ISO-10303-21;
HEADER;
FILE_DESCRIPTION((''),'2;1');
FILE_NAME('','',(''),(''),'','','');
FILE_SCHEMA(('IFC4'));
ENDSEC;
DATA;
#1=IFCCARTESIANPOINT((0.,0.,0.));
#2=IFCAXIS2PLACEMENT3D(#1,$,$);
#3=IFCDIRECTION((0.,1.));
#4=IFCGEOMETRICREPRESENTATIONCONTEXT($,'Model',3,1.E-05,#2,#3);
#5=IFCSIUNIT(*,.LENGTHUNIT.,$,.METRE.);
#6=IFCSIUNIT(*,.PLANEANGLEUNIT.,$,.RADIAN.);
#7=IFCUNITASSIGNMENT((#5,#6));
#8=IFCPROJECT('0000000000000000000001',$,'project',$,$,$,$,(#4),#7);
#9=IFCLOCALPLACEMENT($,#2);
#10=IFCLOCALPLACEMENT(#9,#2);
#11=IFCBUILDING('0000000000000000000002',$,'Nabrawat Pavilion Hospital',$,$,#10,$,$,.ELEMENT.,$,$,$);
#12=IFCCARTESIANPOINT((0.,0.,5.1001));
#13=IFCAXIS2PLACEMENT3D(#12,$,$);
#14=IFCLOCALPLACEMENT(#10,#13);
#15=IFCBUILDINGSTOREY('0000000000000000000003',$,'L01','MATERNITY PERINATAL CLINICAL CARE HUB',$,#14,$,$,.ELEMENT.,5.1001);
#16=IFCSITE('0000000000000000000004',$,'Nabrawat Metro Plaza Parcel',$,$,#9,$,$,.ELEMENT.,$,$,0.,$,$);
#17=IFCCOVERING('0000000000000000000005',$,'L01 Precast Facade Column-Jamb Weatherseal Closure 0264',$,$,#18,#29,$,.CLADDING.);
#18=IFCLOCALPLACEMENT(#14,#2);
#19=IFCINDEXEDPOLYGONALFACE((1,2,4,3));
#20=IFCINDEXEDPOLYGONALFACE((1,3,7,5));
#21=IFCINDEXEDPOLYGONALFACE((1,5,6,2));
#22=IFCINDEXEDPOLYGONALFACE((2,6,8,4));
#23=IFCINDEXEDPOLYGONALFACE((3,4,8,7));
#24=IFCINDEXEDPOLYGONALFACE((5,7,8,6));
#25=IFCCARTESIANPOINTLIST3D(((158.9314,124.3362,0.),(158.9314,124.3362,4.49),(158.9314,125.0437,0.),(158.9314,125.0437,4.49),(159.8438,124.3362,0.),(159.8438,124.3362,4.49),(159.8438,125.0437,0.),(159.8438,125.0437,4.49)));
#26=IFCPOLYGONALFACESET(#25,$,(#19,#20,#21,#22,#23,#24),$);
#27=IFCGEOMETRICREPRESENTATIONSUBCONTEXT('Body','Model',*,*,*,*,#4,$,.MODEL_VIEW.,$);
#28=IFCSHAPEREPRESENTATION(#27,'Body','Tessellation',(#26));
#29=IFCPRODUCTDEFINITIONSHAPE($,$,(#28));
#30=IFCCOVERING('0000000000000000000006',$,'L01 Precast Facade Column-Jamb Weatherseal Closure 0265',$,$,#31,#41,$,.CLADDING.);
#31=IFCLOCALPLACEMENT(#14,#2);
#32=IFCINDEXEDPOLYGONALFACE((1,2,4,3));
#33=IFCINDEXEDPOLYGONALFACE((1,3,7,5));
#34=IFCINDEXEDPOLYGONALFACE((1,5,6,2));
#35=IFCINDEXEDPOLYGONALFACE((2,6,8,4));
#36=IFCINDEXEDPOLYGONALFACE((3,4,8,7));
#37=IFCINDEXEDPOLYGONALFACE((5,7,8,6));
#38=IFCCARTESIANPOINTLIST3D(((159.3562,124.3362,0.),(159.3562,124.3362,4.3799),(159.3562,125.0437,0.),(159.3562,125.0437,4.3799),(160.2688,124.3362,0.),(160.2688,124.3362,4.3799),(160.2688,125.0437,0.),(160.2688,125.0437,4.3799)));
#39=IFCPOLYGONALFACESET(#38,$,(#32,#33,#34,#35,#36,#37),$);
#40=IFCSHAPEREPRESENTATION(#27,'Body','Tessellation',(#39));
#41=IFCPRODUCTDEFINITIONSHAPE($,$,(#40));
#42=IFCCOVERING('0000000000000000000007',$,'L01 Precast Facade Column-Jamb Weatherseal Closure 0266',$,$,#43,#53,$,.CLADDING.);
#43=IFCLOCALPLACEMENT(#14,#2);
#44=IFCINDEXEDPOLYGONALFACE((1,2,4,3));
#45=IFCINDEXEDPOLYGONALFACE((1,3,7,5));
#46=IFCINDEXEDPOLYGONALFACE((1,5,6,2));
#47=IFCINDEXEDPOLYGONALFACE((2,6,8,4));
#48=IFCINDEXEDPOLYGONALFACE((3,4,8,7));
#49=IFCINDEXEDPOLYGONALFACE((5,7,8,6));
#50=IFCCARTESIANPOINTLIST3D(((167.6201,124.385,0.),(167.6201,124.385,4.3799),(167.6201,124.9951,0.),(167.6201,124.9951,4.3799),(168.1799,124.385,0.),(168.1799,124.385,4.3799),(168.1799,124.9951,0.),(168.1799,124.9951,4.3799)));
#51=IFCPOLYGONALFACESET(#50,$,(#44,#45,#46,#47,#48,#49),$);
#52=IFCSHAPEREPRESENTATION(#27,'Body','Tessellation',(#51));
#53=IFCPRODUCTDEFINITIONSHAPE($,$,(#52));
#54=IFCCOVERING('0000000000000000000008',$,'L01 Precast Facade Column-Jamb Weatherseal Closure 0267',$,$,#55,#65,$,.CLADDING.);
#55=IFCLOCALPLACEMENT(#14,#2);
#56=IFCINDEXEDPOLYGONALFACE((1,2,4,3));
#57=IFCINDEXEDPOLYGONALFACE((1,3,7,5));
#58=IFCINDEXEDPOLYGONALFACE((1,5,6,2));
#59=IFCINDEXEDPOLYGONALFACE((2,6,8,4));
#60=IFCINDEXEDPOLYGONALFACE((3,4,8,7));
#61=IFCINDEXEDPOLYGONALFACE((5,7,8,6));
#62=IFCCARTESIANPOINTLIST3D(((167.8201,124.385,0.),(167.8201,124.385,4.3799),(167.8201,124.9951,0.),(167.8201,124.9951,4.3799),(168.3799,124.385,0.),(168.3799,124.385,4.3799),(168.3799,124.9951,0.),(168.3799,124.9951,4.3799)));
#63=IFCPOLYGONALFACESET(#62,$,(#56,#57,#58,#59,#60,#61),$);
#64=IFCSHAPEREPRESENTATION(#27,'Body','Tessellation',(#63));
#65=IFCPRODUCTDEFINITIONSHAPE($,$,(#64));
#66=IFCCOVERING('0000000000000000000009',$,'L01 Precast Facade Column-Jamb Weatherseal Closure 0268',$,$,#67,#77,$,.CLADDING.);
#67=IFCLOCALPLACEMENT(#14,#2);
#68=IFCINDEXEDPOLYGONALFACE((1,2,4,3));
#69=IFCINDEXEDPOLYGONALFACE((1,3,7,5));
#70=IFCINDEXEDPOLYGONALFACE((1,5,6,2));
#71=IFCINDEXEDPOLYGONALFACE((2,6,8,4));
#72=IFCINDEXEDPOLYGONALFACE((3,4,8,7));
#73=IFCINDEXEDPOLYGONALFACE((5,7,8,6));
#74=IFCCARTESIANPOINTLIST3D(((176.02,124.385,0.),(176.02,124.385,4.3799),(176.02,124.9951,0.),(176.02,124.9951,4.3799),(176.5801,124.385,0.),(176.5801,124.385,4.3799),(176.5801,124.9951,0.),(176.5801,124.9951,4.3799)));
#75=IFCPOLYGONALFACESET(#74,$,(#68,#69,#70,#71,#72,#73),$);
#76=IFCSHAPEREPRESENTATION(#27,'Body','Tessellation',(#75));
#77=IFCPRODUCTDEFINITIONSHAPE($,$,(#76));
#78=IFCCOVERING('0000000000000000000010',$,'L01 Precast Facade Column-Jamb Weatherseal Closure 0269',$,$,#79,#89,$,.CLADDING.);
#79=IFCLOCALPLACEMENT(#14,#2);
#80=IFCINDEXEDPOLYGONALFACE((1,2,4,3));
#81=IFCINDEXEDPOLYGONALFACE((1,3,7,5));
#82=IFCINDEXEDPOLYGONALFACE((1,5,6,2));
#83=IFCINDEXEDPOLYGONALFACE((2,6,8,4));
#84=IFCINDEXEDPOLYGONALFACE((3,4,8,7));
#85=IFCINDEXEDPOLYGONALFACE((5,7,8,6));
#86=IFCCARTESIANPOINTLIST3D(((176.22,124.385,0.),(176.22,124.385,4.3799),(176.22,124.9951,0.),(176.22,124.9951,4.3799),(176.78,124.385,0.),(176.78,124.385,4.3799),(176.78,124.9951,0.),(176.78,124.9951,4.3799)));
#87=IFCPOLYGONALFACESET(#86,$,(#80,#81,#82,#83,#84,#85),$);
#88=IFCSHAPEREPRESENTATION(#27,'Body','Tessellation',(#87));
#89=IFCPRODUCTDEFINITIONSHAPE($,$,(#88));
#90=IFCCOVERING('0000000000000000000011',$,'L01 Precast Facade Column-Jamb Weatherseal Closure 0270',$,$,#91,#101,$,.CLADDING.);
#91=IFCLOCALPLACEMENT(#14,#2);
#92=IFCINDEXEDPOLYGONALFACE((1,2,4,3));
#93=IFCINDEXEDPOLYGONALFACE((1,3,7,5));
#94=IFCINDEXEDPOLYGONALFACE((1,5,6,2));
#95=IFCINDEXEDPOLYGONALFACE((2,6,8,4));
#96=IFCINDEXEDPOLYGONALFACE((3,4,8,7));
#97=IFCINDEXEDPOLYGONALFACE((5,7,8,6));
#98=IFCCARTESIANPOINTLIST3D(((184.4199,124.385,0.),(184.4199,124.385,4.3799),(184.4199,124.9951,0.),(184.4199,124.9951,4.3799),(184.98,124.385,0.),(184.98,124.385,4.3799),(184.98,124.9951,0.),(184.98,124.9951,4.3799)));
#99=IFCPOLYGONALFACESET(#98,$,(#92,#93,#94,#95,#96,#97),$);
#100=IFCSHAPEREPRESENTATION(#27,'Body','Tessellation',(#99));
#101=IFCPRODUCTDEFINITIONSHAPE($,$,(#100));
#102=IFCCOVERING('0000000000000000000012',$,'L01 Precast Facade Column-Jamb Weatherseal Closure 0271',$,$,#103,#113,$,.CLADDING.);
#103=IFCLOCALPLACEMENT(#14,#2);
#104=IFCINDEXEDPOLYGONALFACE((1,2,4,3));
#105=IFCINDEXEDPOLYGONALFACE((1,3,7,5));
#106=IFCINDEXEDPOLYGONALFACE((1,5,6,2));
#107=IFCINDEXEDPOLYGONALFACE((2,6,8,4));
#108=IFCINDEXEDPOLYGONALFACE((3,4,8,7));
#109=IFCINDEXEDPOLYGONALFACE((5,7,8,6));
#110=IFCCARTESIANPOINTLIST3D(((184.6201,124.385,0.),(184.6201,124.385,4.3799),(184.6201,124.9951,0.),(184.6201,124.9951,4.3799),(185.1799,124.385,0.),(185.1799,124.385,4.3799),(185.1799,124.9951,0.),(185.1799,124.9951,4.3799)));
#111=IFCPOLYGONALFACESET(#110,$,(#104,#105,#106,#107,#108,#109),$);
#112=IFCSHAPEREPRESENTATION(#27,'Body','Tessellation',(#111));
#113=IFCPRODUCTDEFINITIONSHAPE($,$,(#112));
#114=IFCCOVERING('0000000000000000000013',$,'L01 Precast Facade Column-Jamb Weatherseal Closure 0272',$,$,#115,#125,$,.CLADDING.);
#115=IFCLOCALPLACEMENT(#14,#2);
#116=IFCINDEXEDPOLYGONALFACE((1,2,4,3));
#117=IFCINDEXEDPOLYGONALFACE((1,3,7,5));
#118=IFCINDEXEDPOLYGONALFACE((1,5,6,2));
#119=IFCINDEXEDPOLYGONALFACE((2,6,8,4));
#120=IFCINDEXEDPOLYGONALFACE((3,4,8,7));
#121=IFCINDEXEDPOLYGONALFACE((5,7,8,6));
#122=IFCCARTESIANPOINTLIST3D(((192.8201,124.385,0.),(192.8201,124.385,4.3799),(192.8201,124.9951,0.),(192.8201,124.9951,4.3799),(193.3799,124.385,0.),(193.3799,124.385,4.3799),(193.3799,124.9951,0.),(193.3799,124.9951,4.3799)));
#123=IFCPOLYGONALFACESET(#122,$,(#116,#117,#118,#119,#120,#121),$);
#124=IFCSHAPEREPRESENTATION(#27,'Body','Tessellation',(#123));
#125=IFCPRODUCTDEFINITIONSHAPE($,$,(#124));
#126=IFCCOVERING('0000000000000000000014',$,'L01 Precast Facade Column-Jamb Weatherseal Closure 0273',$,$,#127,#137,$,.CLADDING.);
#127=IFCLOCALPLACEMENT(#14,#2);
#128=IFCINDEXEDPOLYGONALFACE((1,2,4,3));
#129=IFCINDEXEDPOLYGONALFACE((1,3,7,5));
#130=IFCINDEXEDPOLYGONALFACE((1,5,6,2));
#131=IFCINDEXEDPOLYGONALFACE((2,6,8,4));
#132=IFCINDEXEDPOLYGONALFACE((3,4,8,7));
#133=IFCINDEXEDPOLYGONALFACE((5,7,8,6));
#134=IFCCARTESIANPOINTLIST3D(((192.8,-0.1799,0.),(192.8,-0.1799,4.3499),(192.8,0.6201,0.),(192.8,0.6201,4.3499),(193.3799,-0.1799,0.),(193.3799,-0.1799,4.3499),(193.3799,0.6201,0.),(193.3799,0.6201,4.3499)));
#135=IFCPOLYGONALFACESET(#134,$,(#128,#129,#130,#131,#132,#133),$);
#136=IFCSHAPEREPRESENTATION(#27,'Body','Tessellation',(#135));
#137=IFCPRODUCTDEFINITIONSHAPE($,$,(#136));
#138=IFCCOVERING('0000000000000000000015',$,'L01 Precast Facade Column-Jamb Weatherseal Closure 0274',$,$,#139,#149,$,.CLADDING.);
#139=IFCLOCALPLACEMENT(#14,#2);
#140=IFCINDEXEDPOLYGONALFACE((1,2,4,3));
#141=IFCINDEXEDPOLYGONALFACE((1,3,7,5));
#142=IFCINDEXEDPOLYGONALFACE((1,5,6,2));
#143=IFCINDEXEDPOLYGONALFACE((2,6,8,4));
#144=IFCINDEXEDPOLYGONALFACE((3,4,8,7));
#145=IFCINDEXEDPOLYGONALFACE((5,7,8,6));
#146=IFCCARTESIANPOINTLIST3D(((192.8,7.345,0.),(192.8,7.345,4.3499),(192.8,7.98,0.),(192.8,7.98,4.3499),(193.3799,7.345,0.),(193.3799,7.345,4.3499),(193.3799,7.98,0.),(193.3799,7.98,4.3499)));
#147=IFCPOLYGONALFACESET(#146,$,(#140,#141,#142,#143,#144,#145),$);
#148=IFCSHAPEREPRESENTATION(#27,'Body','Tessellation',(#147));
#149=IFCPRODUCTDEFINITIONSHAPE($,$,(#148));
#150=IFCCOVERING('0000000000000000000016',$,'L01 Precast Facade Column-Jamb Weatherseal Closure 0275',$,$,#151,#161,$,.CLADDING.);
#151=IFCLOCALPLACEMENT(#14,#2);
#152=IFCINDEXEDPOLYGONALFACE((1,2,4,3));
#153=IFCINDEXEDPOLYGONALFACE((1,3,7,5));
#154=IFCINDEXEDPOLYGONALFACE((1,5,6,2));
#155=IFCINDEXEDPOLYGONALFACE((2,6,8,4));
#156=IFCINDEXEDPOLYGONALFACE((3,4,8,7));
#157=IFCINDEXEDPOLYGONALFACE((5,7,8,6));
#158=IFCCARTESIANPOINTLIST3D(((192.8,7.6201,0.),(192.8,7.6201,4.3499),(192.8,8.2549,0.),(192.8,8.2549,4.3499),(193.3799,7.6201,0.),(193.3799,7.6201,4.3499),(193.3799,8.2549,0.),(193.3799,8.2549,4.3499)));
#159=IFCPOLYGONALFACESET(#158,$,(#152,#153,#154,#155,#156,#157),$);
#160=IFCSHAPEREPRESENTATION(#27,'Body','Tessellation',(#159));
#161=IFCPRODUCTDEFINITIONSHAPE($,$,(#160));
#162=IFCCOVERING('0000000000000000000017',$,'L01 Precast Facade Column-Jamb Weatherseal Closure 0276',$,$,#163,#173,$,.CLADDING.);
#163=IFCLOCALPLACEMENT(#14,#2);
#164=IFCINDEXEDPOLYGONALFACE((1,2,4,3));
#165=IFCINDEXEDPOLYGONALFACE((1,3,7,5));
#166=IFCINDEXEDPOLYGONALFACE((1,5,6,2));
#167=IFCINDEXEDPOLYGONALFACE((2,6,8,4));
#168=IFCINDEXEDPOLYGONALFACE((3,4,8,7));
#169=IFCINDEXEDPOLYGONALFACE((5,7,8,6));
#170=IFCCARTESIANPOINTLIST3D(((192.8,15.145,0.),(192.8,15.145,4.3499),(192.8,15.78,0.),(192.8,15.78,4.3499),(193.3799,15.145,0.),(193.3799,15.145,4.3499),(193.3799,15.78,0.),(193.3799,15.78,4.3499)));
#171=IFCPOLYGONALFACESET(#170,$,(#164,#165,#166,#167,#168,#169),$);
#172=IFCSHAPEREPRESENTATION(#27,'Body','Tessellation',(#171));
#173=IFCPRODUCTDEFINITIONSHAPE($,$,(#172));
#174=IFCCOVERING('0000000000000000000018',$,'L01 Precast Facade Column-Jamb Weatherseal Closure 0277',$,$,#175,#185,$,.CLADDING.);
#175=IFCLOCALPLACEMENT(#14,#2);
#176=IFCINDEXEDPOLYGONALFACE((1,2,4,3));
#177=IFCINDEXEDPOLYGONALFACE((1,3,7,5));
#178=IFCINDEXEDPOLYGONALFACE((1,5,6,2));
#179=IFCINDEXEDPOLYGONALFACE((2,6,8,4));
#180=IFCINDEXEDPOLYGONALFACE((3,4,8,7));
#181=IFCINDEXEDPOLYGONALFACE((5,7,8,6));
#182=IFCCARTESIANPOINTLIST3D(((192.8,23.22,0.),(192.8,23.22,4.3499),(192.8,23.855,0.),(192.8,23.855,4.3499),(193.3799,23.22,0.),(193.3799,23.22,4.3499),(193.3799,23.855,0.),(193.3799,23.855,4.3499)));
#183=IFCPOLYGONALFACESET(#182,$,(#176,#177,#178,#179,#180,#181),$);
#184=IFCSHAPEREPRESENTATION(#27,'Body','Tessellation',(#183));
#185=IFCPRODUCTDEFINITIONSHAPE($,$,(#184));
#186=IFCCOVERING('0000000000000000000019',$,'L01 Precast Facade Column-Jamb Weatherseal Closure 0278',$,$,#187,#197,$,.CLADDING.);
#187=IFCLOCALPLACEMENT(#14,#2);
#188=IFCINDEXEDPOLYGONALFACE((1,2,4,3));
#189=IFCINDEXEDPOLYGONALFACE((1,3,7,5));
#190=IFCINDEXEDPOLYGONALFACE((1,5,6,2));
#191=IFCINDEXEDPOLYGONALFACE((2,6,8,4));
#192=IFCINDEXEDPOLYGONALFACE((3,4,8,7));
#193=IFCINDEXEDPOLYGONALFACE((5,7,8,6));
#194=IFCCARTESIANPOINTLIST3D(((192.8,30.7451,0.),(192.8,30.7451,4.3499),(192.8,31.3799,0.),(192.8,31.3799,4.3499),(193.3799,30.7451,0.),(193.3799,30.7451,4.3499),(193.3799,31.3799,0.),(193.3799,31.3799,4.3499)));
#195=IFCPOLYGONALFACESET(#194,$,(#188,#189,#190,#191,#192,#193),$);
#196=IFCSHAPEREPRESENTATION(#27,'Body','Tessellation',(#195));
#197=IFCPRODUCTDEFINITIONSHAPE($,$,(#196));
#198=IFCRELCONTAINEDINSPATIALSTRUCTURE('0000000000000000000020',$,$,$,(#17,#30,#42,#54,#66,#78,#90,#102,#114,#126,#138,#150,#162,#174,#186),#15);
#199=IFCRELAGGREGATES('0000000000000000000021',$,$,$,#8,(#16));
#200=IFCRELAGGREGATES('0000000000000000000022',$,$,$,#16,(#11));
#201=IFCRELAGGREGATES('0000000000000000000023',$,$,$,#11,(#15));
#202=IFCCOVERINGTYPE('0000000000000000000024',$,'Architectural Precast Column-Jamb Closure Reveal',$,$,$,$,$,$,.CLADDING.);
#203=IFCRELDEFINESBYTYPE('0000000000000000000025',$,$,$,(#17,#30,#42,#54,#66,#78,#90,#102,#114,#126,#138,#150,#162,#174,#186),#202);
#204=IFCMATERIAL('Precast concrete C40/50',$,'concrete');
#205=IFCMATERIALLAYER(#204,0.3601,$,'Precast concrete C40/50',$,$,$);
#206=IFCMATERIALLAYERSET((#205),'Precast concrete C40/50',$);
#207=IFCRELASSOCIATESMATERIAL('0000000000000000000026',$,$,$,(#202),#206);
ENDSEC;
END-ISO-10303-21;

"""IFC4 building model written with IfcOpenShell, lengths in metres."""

from ifc_helpers import new_model, si_unit, direction, frame, origin, place, context, subcontext, project, spatial, polyline, outline, extrude, material, layer, layer_set, type_object, element, save


model = new_model("IFC4")

# Units and contexts
model_context = context("Model", 3, precision=1e-05, world=origin(), true_north=direction((0.0, 1.0)))
body_context = subcontext(model_context, "Body", "Model", "MODEL_VIEW")
ifc_project = project(units=[si_unit("LENGTHUNIT", "METRE"), si_unit("PLANEANGLEUNIT", "RADIAN")], contexts=[model_context])

# Site, building, storey
site_placement = place(None, origin())
site = spatial("IfcSite", under=ifc_project, at=site_placement, Name="Nabrawat Metro Plaza Parcel", CompositionType="ELEMENT", RefElevation=0.0)
building_placement = place(site_placement, origin())
building = spatial("IfcBuilding", under=site, at=building_placement, Name="Nabrawat Pavilion Hospital", CompositionType="ELEMENT")
storey_placement = place(building_placement, frame((0.0, 0.0, 5.1001)))
storey = spatial("IfcBuildingStorey", under=building, at=storey_placement, Name="L01", Description="MATERNITY PERINATAL CLINICAL CARE HUB", CompositionType="ELEMENT", Elevation=5.1001)

# Shared definitions
ifc_material_1 = material(Name="Precast concrete C40/50", Category="concrete")

# Coverings
ifc_layer_1 = layer(ifc_material_1, 0.3601, Name="Precast concrete C40/50")
ifc_layer_set_1 = layer_set([ifc_layer_1], Name="Precast concrete C40/50")
covering_type = type_object("IfcCoveringType", Name="Architectural Precast Column-Jamb Closure Reveal", PredefinedType="CLADDING", material=ifc_layer_set_1)
covering_1_placement = place(storey_placement, origin())
element("IfcCovering", 1, at=covering_1_placement, inside=storey, type_object=covering_type, Name="L01 Precast Facade Column-Jamb Weatherseal Closure 0264", PredefinedType="CLADDING", context=body_context, shape_type="SweptSolid", body=[
    extrude(outline(polyline([(159.8438, 124.3362), (159.8438, 125.0437), (158.9314, 125.0437), (158.9314, 124.3362), (159.8438, 124.3362)])), origin(), (0.0, 0.0, 1.0), 4.49),
])
covering_2_placement = place(storey_placement, origin())
element("IfcCovering", 2, at=covering_2_placement, inside=storey, type_object=covering_type, Name="L01 Precast Facade Column-Jamb Weatherseal Closure 0265", PredefinedType="CLADDING", context=body_context, shape_type="SweptSolid", body=[
    extrude(outline(polyline([(160.2688, 124.3362), (160.2688, 125.0437), (159.3562, 125.0437), (159.3562, 124.3362), (160.2688, 124.3362)])), origin(), (0.0, 0.0, 1.0), 4.3799),
])
covering_3_placement = place(storey_placement, origin())
element("IfcCovering", 3, at=covering_3_placement, inside=storey, type_object=covering_type, Name="L01 Precast Facade Column-Jamb Weatherseal Closure 0266", PredefinedType="CLADDING", context=body_context, shape_type="SweptSolid", body=[
    extrude(outline(polyline([(168.1799, 124.385), (168.1799, 124.9951), (167.6201, 124.9951), (167.6201, 124.385), (168.1799, 124.385)])), origin(), (0.0, 0.0, 1.0), 4.3799),
])
covering_4_placement = place(storey_placement, origin())
element("IfcCovering", 4, at=covering_4_placement, inside=storey, type_object=covering_type, Name="L01 Precast Facade Column-Jamb Weatherseal Closure 0267", PredefinedType="CLADDING", context=body_context, shape_type="SweptSolid", body=[
    extrude(outline(polyline([(168.3799, 124.385), (168.3799, 124.9951), (167.8201, 124.9951), (167.8201, 124.385), (168.3799, 124.385)])), origin(), (0.0, 0.0, 1.0), 4.3799),
])
covering_5_placement = place(storey_placement, origin())
element("IfcCovering", 5, at=covering_5_placement, inside=storey, type_object=covering_type, Name="L01 Precast Facade Column-Jamb Weatherseal Closure 0268", PredefinedType="CLADDING", context=body_context, shape_type="SweptSolid", body=[
    extrude(outline(polyline([(176.5801, 124.385), (176.5801, 124.9951), (176.02, 124.9951), (176.02, 124.385), (176.5801, 124.385)])), origin(), (0.0, 0.0, 1.0), 4.3799),
])
covering_6_placement = place(storey_placement, origin())
element("IfcCovering", 6, at=covering_6_placement, inside=storey, type_object=covering_type, Name="L01 Precast Facade Column-Jamb Weatherseal Closure 0269", PredefinedType="CLADDING", context=body_context, shape_type="SweptSolid", body=[
    extrude(outline(polyline([(176.78, 124.385), (176.78, 124.9951), (176.22, 124.9951), (176.22, 124.385), (176.78, 124.385)])), origin(), (0.0, 0.0, 1.0), 4.3799),
])
covering_7_placement = place(storey_placement, origin())
element("IfcCovering", 7, at=covering_7_placement, inside=storey, type_object=covering_type, Name="L01 Precast Facade Column-Jamb Weatherseal Closure 0270", PredefinedType="CLADDING", context=body_context, shape_type="SweptSolid", body=[
    extrude(outline(polyline([(184.98, 124.385), (184.98, 124.9951), (184.4199, 124.9951), (184.4199, 124.385), (184.98, 124.385)])), origin(), (0.0, 0.0, 1.0), 4.3799),
])
covering_8_placement = place(storey_placement, origin())
element("IfcCovering", 8, at=covering_8_placement, inside=storey, type_object=covering_type, Name="L01 Precast Facade Column-Jamb Weatherseal Closure 0271", PredefinedType="CLADDING", context=body_context, shape_type="SweptSolid", body=[
    extrude(outline(polyline([(185.1799, 124.385), (185.1799, 124.9951), (184.6201, 124.9951), (184.6201, 124.385), (185.1799, 124.385)])), origin(), (0.0, 0.0, 1.0), 4.3799),
])
covering_9_placement = place(storey_placement, origin())
element("IfcCovering", 9, at=covering_9_placement, inside=storey, type_object=covering_type, Name="L01 Precast Facade Column-Jamb Weatherseal Closure 0272", PredefinedType="CLADDING", context=body_context, shape_type="SweptSolid", body=[
    extrude(outline(polyline([(193.3799, 124.385), (193.3799, 124.9951), (192.8201, 124.9951), (192.8201, 124.385), (193.3799, 124.385)])), origin(), (0.0, 0.0, 1.0), 4.3799),
])
covering_10_placement = place(storey_placement, origin())
element("IfcCovering", 10, at=covering_10_placement, inside=storey, type_object=covering_type, Name="L01 Precast Facade Column-Jamb Weatherseal Closure 0273", PredefinedType="CLADDING", context=body_context, shape_type="SweptSolid", body=[
    extrude(outline(polyline([(193.3799, -0.1799), (193.3799, 0.6201), (192.8, 0.6201), (192.8, -0.1799), (193.3799, -0.1799)])), origin(), (0.0, 0.0, 1.0), 4.3499),
])
covering_11_placement = place(storey_placement, origin())
element("IfcCovering", 11, at=covering_11_placement, inside=storey, type_object=covering_type, Name="L01 Precast Facade Column-Jamb Weatherseal Closure 0274", PredefinedType="CLADDING", context=body_context, shape_type="SweptSolid", body=[
    extrude(outline(polyline([(193.3799, 7.345), (193.3799, 7.98), (192.8, 7.98), (192.8, 7.345), (193.3799, 7.345)])), origin(), (0.0, 0.0, 1.0), 4.3499),
])
covering_12_placement = place(storey_placement, origin())
element("IfcCovering", 12, at=covering_12_placement, inside=storey, type_object=covering_type, Name="L01 Precast Facade Column-Jamb Weatherseal Closure 0275", PredefinedType="CLADDING", context=body_context, shape_type="SweptSolid", body=[
    extrude(outline(polyline([(193.3799, 7.6201), (193.3799, 8.2549), (192.8, 8.2549), (192.8, 7.6201), (193.3799, 7.6201)])), origin(), (0.0, 0.0, 1.0), 4.3499),
])
covering_13_placement = place(storey_placement, origin())
element("IfcCovering", 13, at=covering_13_placement, inside=storey, type_object=covering_type, Name="L01 Precast Facade Column-Jamb Weatherseal Closure 0276", PredefinedType="CLADDING", context=body_context, shape_type="SweptSolid", body=[
    extrude(outline(polyline([(193.3799, 15.145), (193.3799, 15.78), (192.8, 15.78), (192.8, 15.145), (193.3799, 15.145)])), origin(), (0.0, 0.0, 1.0), 4.3499),
])
covering_14_placement = place(storey_placement, origin())
element("IfcCovering", 14, at=covering_14_placement, inside=storey, type_object=covering_type, Name="L01 Precast Facade Column-Jamb Weatherseal Closure 0277", PredefinedType="CLADDING", context=body_context, shape_type="SweptSolid", body=[
    extrude(outline(polyline([(193.3799, 23.22), (193.3799, 23.855), (192.8, 23.855), (192.8, 23.22), (193.3799, 23.22)])), origin(), (0.0, 0.0, 1.0), 4.3499),
])
covering_15_placement = place(storey_placement, origin())
element("IfcCovering", 15, at=covering_15_placement, inside=storey, type_object=covering_type, Name="L01 Precast Facade Column-Jamb Weatherseal Closure 0278", PredefinedType="CLADDING", context=body_context, shape_type="SweptSolid", body=[
    extrude(outline(polyline([(193.3799, 30.7451), (193.3799, 31.3799), (192.8, 31.3799), (192.8, 30.7451), (193.3799, 30.7451)])), origin(), (0.0, 0.0, 1.0), 4.3499),
])

save(model, "model.ifc")
